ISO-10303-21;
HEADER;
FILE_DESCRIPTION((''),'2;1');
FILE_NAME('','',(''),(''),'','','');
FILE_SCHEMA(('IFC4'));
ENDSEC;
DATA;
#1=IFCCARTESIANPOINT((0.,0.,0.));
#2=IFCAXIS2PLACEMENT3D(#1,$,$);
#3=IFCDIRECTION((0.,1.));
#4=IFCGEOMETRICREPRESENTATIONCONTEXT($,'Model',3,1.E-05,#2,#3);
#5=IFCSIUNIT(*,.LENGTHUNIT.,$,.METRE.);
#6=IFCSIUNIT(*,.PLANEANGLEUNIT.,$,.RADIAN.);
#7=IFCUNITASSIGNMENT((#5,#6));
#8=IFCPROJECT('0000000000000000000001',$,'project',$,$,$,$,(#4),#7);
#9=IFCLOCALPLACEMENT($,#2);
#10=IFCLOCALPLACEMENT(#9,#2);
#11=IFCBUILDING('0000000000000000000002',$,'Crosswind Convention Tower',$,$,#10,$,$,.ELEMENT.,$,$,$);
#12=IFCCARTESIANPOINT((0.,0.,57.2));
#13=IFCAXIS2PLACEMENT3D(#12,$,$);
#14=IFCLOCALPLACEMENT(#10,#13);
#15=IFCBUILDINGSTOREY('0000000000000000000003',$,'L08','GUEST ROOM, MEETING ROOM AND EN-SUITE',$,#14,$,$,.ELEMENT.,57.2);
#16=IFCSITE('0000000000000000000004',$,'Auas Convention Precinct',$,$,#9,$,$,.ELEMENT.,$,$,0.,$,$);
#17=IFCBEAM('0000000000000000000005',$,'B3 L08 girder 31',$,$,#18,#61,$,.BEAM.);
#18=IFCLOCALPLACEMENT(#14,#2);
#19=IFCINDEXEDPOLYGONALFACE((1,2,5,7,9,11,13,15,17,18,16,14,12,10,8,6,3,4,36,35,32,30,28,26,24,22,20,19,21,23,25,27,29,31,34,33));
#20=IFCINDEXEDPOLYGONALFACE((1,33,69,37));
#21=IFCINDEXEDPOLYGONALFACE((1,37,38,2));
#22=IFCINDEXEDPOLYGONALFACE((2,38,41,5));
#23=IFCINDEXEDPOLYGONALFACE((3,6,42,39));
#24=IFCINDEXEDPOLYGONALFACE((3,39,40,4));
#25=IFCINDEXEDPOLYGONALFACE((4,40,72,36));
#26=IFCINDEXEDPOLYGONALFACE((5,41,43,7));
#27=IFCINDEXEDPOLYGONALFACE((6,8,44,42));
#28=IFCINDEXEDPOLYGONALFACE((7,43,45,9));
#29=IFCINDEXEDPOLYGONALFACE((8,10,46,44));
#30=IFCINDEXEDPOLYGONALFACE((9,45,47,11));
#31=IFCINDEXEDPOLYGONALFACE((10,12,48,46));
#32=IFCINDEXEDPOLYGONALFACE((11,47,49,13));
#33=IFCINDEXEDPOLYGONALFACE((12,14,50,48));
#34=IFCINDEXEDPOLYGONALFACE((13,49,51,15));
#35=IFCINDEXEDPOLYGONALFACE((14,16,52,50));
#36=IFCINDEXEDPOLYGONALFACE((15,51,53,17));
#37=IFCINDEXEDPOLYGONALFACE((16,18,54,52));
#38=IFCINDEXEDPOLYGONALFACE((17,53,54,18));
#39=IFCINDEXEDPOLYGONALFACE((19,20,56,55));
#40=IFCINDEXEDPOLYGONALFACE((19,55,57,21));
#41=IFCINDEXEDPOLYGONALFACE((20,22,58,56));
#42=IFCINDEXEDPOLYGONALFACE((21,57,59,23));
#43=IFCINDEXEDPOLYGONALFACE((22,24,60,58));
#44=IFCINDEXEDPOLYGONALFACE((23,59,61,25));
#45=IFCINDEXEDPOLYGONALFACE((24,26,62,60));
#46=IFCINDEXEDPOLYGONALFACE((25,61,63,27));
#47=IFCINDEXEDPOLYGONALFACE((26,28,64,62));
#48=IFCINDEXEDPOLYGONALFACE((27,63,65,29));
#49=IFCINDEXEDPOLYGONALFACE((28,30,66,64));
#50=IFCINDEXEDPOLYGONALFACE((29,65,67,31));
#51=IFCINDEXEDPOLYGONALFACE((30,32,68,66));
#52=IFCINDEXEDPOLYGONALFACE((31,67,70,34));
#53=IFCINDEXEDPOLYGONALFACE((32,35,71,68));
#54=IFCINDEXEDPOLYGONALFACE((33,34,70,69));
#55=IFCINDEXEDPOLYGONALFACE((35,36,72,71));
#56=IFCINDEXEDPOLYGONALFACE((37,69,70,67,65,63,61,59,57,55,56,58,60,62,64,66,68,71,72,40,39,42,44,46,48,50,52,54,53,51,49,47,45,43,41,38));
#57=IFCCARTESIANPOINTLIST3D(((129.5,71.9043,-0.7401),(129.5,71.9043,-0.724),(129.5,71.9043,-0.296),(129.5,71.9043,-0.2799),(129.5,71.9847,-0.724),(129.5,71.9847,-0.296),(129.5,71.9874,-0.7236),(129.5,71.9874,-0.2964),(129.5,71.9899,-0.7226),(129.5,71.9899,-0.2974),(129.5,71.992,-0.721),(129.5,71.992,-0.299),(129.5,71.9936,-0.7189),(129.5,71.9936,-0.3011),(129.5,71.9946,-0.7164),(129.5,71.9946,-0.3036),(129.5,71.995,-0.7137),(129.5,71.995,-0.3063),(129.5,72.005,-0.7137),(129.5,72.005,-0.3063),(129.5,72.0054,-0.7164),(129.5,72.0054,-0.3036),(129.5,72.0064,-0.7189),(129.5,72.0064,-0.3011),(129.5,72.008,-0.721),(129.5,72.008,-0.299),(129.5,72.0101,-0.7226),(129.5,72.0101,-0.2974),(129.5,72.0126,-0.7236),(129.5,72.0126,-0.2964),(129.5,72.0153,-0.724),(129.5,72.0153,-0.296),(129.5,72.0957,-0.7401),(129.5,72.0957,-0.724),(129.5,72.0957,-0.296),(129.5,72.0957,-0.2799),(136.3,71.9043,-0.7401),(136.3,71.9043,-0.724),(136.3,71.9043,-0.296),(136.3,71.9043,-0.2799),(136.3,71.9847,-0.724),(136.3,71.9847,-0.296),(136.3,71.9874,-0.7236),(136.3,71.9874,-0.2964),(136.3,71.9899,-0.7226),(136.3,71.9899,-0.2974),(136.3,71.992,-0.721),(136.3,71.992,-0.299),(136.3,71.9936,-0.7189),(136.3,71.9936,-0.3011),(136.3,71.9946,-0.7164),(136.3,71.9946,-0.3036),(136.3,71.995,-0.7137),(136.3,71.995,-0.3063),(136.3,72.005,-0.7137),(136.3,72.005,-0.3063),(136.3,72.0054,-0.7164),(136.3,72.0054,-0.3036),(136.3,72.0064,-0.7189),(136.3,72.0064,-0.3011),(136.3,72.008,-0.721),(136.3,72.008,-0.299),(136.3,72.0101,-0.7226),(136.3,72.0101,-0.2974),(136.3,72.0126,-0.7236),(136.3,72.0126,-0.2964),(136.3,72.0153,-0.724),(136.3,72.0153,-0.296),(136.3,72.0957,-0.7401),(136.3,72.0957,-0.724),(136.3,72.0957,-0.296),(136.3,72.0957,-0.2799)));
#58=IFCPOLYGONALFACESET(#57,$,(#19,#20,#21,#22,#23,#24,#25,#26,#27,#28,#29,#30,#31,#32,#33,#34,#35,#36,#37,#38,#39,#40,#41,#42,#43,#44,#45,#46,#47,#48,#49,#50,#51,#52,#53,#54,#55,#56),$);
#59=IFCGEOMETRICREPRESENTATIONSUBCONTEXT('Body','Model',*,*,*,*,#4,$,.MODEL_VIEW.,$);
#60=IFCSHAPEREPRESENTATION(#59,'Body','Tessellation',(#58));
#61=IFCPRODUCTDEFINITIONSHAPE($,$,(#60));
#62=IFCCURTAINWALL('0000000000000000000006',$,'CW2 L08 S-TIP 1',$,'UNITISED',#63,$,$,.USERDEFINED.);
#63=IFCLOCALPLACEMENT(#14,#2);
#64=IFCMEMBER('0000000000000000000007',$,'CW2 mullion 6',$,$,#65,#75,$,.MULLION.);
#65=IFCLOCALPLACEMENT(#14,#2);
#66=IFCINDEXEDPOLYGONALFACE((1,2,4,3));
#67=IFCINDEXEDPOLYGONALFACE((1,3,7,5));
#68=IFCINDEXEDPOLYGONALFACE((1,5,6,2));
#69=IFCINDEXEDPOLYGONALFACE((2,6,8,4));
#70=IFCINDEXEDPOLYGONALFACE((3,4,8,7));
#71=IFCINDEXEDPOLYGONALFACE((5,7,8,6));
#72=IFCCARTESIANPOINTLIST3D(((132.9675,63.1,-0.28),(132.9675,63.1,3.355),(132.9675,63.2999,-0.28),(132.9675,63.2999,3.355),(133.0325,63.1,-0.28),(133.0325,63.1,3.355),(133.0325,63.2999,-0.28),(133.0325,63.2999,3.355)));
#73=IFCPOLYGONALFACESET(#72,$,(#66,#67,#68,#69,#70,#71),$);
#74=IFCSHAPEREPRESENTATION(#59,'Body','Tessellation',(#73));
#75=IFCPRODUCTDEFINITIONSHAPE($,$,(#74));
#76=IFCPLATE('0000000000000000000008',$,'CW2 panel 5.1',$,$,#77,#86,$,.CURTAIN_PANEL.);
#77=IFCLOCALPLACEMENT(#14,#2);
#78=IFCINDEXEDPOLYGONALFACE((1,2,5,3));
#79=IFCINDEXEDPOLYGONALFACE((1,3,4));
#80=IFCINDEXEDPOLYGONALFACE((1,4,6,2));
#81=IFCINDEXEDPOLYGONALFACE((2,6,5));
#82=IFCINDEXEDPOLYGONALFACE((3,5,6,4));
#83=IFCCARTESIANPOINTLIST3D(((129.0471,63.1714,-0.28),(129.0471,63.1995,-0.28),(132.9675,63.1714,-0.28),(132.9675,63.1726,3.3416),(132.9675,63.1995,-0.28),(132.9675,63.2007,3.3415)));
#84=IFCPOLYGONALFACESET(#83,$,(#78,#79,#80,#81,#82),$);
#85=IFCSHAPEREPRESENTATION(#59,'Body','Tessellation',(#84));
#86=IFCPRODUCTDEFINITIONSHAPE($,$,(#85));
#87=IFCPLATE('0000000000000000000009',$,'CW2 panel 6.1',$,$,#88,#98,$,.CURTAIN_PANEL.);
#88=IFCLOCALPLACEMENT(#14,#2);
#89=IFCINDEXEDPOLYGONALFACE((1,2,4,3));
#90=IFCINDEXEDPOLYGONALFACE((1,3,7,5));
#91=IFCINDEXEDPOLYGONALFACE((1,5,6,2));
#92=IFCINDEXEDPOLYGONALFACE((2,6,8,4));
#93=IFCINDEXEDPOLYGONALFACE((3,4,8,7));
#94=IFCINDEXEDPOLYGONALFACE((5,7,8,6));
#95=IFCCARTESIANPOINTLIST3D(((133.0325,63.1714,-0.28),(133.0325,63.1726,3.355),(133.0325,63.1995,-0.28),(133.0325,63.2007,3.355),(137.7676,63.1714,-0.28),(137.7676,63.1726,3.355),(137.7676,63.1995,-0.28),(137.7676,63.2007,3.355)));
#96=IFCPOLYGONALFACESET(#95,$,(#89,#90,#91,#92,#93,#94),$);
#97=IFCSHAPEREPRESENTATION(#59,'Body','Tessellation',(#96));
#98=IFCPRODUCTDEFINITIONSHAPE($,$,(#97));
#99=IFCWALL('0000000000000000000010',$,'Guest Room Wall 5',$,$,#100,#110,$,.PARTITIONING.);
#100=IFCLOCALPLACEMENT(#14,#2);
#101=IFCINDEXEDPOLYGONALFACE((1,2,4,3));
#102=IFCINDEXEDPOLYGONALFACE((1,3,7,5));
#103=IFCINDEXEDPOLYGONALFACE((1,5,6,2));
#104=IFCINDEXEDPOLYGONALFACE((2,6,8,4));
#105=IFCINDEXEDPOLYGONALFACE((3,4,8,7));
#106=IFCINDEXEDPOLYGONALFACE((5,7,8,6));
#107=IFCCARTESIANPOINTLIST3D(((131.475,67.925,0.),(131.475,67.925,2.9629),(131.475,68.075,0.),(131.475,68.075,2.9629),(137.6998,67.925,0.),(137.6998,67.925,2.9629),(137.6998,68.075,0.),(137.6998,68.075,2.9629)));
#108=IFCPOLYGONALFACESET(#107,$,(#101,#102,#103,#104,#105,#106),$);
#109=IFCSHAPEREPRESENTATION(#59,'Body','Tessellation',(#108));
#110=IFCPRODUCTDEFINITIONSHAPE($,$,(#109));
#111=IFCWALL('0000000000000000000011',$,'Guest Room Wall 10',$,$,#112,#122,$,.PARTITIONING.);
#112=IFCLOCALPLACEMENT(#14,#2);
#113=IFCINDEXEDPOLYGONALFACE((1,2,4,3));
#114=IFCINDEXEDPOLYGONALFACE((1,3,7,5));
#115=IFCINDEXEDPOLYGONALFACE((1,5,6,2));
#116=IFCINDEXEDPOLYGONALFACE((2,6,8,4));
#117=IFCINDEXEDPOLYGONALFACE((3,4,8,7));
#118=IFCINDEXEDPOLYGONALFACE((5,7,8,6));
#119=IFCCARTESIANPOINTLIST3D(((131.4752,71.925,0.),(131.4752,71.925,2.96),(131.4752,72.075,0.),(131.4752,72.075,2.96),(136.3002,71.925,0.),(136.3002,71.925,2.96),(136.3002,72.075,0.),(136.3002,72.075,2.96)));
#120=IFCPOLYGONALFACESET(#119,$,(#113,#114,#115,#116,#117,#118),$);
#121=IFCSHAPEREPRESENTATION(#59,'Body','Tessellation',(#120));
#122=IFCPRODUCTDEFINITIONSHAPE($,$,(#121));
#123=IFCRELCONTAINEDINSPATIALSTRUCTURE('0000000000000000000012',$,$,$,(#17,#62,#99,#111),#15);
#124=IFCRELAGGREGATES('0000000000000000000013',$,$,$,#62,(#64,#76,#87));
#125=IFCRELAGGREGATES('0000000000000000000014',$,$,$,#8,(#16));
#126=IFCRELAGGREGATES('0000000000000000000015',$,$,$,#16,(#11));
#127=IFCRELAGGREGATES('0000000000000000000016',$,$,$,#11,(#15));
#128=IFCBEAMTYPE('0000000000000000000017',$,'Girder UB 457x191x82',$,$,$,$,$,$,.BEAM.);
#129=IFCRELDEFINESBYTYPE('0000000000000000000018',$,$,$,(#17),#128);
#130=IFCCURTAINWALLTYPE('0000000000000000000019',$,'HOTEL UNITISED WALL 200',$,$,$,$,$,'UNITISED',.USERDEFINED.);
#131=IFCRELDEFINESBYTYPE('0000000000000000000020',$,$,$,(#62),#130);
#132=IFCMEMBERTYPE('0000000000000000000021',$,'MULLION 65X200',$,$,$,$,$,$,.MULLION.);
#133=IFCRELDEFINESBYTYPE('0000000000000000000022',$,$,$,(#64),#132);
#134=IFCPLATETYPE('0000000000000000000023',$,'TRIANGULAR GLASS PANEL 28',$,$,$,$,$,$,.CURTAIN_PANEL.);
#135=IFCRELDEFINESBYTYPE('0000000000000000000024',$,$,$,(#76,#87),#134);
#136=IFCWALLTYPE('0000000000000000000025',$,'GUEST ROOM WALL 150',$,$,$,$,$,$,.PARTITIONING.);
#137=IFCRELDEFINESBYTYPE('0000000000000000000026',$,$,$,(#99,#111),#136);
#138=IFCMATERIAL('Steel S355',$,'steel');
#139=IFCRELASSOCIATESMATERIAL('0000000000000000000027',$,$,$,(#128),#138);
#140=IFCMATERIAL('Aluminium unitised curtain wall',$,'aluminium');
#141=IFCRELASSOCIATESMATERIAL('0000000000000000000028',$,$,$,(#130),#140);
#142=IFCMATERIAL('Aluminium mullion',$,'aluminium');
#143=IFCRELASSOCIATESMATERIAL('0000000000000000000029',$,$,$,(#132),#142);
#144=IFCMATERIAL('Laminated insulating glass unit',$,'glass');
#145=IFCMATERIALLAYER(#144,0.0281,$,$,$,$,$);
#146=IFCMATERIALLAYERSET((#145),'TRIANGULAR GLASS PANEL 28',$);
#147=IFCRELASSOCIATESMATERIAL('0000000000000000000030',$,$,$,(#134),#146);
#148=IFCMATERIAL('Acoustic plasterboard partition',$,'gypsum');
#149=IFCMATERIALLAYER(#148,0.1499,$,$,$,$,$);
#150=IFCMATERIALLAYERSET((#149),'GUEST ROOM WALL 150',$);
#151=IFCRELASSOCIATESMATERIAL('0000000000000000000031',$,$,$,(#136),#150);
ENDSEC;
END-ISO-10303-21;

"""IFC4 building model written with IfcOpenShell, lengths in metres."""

from ifc_helpers import new_model, si_unit, direction, frame, frame_2d, origin, origin_2d, place, context, subcontext, project, spatial, polyline, rectangle, i_section, outline, extrude, material, layer, layer_set, material_profile, profile_set, type_object, element, aggregate, save


model = new_model("IFC4")

# Units and contexts
model_context = context("Model", 3, precision=1e-05, world=origin(), true_north=direction((0.0, 1.0)))
body_context = subcontext(model_context, "Body", "Model", "MODEL_VIEW")
ifc_project = project(units=[si_unit("LENGTHUNIT", "METRE"), si_unit("PLANEANGLEUNIT", "RADIAN")], contexts=[model_context])

# Site, building, storey
site_placement = place(None, origin())
site = spatial("IfcSite", under=ifc_project, at=site_placement, Name="Auas Convention Precinct", CompositionType="ELEMENT", RefElevation=0.0)
building_placement = place(site_placement, origin())
building = spatial("IfcBuilding", under=site, at=building_placement, Name="Crosswind Convention Tower", CompositionType="ELEMENT")
storey_placement = place(building_placement, frame((0.0, 0.0, 57.2)))
storey = spatial("IfcBuildingStorey", under=building, at=storey_placement, Name="L08", Description="GUEST ROOM, MEETING ROOM AND EN-SUITE", CompositionType="ELEMENT", Elevation=57.2)

# Beam
ifc_material_1 = material(Name="Steel S355", Category="steel")
ifc_material_profile_1 = material_profile(ifc_material_1, i_section(OverallWidth=0.1914, OverallDepth=0.4602, WebThickness=0.01, FlangeThickness=0.0161, FilletRadius=0.0103, at=origin_2d()), Name="UB 457x191x82")
ifc_profile_set_1 = profile_set([ifc_material_profile_1], Name="Steel S355")
beam_type_1 = type_object("IfcBeamType", Name="Girder UB 457x191x82", PredefinedType="BEAM", material=ifc_profile_set_1)
beam_1_placement = place(storey_placement, frame((129.5, 72.0, -0.51), z_axis=(1.0, 0.0, 0.0), x_axis=(0.0, 1.0, 0.0)))
element("IfcBeam", 1, at=beam_1_placement, inside=storey, type_object=beam_type_1, Name="B3 L08 girder 31", PredefinedType="BEAM", context=body_context, shape_type="SweptSolid", body=[
    extrude(i_section(OverallWidth=0.1914, OverallDepth=0.4602, WebThickness=0.01, FlangeThickness=0.0161, FilletRadius=0.0103, at=origin_2d()), origin(), (0.0, 0.0, 1.0), 6.8),
])

# Curtain wall, member, plates
ifc_material_2 = material(Name="Aluminium unitised curtain wall", Category="aluminium")
curtain_wall_type = type_object("IfcCurtainWallType", Name="HOTEL UNITISED WALL 200", ElementType="UNITISED", PredefinedType="USERDEFINED", material=ifc_material_2)
curtain_wall_placement = place(storey_placement, origin())
curtain_wall = element("IfcCurtainWall", 2, at=curtain_wall_placement, inside=storey, type_object=curtain_wall_type, Name="CW2 L08 S-TIP 1", ObjectType="UNITISED", PredefinedType="USERDEFINED")
ifc_material_3 = material(Name="Aluminium mullion", Category="aluminium")
ifc_material_profile_2 = material_profile(ifc_material_3, rectangle(XDim=0.2, YDim=0.0649, at=origin_2d()), Name="AL 200X65")
ifc_profile_set_2 = profile_set([ifc_material_profile_2], Name="Aluminium mullion")
member_type = type_object("IfcMemberType", Name="MULLION 65X200", PredefinedType="MULLION", material=ifc_profile_set_2)
member_placement = place(storey_placement, frame((133.0, 63.2, -0.28), z_axis=(0.0, 0.0, 1.0), x_axis=(0.0, -1.0, 0.0)))
member = element("IfcMember", 3, at=member_placement, type_object=member_type, Name="CW2 mullion 6", PredefinedType="MULLION", context=body_context, shape_type="SweptSolid", body=[
    extrude(rectangle(XDim=0.2, YDim=0.0649, at=origin_2d()), origin(), (0.0, 0.0, 1.0), 3.635),
])
ifc_material_4 = material(Name="Laminated insulating glass unit", Category="glass")
ifc_layer_1 = layer(ifc_material_4, 0.0281)
ifc_layer_set_1 = layer_set([ifc_layer_1], Name="TRIANGULAR GLASS PANEL 28")
plate_type = type_object("IfcPlateType", Name="TRIANGULAR GLASS PANEL 28", PredefinedType="CURTAIN_PANEL", material=ifc_layer_set_1)
plate_1_placement = place(storey_placement, frame((132.9675, 63.1714, -0.28), z_axis=(0.0, -1.0, 0.000337), x_axis=(0.0, 0.000337, 1.0)))
plate_1 = element("IfcPlate", 4, at=plate_1_placement, type_object=plate_type, Name="CW2 panel 5.1", PredefinedType="CURTAIN_PANEL", context=body_context, shape_type="SweptSolid", body=[
    extrude(outline(polyline([(0.0, 0.0), (3.6216, 0.0), (0.0, 3.9204), (0.0, 0.0)])), origin(), (0.0, 0.0, -1.0), 0.0281),
])
plate_2_placement = place(storey_placement, frame((133.0325, 63.1714, -0.28), z_axis=(0.0, -1.0, 0.000336), x_axis=(1.0, 0.0, 0.0)))
plate_2 = element("IfcPlate", 5, at=plate_2_placement, type_object=plate_type, Name="CW2 panel 6.1", PredefinedType="CURTAIN_PANEL", context=body_context, shape_type="SweptSolid", body=[
    extrude(outline(polyline([(0.0, 0.0), (4.7351, 0.0), (4.7351, 3.635), (0.0, 3.635), (0.0, 0.0)])), origin(), (0.0, 0.0, -1.0), 0.0281),
])
aggregate(curtain_wall, [member, plate_1, plate_2])

# Walls
ifc_material_5 = material(Name="Acoustic plasterboard partition", Category="gypsum")
ifc_layer_2 = layer(ifc_material_5, 0.1499)
ifc_layer_set_2 = layer_set([ifc_layer_2], Name="GUEST ROOM WALL 150")
wall_type_1 = type_object("IfcWallType", Name="GUEST ROOM WALL 150", PredefinedType="PARTITIONING", material=ifc_layer_set_2)
wall_1_placement = place(storey_placement, frame((131.4751, 68.0, 0.0), z_axis=(0.0, 0.0, 1.0), x_axis=(1.0, 0.0, 0.0)))
element("IfcWall", 6, at=wall_1_placement, inside=storey, type_object=wall_type_1, Name="Guest Room Wall 5", PredefinedType="PARTITIONING", context=body_context, shape_type="SweptSolid", body=[
    extrude(rectangle(XDim=6.2249, YDim=0.1499, at=frame_2d((3.1123, 0.0))), origin(), (0.0, 0.0, 1.0), 2.9629),
])
wall_2_placement = place(storey_placement, frame((131.4751, 72.0, 0.0), z_axis=(0.0, 0.0, 1.0), x_axis=(1.0, 0.0, 0.0)))
element("IfcWall", 7, at=wall_2_placement, inside=storey, type_object=wall_type_1, Name="Guest Room Wall 10", PredefinedType="PARTITIONING", context=body_context, shape_type="SweptSolid", body=[
    extrude(rectangle(XDim=4.825, YDim=0.1499, at=frame_2d((2.4126, 0.0))), origin(), (0.0, 0.0, 1.0), 2.96),
])

save(model, "model.ifc")
